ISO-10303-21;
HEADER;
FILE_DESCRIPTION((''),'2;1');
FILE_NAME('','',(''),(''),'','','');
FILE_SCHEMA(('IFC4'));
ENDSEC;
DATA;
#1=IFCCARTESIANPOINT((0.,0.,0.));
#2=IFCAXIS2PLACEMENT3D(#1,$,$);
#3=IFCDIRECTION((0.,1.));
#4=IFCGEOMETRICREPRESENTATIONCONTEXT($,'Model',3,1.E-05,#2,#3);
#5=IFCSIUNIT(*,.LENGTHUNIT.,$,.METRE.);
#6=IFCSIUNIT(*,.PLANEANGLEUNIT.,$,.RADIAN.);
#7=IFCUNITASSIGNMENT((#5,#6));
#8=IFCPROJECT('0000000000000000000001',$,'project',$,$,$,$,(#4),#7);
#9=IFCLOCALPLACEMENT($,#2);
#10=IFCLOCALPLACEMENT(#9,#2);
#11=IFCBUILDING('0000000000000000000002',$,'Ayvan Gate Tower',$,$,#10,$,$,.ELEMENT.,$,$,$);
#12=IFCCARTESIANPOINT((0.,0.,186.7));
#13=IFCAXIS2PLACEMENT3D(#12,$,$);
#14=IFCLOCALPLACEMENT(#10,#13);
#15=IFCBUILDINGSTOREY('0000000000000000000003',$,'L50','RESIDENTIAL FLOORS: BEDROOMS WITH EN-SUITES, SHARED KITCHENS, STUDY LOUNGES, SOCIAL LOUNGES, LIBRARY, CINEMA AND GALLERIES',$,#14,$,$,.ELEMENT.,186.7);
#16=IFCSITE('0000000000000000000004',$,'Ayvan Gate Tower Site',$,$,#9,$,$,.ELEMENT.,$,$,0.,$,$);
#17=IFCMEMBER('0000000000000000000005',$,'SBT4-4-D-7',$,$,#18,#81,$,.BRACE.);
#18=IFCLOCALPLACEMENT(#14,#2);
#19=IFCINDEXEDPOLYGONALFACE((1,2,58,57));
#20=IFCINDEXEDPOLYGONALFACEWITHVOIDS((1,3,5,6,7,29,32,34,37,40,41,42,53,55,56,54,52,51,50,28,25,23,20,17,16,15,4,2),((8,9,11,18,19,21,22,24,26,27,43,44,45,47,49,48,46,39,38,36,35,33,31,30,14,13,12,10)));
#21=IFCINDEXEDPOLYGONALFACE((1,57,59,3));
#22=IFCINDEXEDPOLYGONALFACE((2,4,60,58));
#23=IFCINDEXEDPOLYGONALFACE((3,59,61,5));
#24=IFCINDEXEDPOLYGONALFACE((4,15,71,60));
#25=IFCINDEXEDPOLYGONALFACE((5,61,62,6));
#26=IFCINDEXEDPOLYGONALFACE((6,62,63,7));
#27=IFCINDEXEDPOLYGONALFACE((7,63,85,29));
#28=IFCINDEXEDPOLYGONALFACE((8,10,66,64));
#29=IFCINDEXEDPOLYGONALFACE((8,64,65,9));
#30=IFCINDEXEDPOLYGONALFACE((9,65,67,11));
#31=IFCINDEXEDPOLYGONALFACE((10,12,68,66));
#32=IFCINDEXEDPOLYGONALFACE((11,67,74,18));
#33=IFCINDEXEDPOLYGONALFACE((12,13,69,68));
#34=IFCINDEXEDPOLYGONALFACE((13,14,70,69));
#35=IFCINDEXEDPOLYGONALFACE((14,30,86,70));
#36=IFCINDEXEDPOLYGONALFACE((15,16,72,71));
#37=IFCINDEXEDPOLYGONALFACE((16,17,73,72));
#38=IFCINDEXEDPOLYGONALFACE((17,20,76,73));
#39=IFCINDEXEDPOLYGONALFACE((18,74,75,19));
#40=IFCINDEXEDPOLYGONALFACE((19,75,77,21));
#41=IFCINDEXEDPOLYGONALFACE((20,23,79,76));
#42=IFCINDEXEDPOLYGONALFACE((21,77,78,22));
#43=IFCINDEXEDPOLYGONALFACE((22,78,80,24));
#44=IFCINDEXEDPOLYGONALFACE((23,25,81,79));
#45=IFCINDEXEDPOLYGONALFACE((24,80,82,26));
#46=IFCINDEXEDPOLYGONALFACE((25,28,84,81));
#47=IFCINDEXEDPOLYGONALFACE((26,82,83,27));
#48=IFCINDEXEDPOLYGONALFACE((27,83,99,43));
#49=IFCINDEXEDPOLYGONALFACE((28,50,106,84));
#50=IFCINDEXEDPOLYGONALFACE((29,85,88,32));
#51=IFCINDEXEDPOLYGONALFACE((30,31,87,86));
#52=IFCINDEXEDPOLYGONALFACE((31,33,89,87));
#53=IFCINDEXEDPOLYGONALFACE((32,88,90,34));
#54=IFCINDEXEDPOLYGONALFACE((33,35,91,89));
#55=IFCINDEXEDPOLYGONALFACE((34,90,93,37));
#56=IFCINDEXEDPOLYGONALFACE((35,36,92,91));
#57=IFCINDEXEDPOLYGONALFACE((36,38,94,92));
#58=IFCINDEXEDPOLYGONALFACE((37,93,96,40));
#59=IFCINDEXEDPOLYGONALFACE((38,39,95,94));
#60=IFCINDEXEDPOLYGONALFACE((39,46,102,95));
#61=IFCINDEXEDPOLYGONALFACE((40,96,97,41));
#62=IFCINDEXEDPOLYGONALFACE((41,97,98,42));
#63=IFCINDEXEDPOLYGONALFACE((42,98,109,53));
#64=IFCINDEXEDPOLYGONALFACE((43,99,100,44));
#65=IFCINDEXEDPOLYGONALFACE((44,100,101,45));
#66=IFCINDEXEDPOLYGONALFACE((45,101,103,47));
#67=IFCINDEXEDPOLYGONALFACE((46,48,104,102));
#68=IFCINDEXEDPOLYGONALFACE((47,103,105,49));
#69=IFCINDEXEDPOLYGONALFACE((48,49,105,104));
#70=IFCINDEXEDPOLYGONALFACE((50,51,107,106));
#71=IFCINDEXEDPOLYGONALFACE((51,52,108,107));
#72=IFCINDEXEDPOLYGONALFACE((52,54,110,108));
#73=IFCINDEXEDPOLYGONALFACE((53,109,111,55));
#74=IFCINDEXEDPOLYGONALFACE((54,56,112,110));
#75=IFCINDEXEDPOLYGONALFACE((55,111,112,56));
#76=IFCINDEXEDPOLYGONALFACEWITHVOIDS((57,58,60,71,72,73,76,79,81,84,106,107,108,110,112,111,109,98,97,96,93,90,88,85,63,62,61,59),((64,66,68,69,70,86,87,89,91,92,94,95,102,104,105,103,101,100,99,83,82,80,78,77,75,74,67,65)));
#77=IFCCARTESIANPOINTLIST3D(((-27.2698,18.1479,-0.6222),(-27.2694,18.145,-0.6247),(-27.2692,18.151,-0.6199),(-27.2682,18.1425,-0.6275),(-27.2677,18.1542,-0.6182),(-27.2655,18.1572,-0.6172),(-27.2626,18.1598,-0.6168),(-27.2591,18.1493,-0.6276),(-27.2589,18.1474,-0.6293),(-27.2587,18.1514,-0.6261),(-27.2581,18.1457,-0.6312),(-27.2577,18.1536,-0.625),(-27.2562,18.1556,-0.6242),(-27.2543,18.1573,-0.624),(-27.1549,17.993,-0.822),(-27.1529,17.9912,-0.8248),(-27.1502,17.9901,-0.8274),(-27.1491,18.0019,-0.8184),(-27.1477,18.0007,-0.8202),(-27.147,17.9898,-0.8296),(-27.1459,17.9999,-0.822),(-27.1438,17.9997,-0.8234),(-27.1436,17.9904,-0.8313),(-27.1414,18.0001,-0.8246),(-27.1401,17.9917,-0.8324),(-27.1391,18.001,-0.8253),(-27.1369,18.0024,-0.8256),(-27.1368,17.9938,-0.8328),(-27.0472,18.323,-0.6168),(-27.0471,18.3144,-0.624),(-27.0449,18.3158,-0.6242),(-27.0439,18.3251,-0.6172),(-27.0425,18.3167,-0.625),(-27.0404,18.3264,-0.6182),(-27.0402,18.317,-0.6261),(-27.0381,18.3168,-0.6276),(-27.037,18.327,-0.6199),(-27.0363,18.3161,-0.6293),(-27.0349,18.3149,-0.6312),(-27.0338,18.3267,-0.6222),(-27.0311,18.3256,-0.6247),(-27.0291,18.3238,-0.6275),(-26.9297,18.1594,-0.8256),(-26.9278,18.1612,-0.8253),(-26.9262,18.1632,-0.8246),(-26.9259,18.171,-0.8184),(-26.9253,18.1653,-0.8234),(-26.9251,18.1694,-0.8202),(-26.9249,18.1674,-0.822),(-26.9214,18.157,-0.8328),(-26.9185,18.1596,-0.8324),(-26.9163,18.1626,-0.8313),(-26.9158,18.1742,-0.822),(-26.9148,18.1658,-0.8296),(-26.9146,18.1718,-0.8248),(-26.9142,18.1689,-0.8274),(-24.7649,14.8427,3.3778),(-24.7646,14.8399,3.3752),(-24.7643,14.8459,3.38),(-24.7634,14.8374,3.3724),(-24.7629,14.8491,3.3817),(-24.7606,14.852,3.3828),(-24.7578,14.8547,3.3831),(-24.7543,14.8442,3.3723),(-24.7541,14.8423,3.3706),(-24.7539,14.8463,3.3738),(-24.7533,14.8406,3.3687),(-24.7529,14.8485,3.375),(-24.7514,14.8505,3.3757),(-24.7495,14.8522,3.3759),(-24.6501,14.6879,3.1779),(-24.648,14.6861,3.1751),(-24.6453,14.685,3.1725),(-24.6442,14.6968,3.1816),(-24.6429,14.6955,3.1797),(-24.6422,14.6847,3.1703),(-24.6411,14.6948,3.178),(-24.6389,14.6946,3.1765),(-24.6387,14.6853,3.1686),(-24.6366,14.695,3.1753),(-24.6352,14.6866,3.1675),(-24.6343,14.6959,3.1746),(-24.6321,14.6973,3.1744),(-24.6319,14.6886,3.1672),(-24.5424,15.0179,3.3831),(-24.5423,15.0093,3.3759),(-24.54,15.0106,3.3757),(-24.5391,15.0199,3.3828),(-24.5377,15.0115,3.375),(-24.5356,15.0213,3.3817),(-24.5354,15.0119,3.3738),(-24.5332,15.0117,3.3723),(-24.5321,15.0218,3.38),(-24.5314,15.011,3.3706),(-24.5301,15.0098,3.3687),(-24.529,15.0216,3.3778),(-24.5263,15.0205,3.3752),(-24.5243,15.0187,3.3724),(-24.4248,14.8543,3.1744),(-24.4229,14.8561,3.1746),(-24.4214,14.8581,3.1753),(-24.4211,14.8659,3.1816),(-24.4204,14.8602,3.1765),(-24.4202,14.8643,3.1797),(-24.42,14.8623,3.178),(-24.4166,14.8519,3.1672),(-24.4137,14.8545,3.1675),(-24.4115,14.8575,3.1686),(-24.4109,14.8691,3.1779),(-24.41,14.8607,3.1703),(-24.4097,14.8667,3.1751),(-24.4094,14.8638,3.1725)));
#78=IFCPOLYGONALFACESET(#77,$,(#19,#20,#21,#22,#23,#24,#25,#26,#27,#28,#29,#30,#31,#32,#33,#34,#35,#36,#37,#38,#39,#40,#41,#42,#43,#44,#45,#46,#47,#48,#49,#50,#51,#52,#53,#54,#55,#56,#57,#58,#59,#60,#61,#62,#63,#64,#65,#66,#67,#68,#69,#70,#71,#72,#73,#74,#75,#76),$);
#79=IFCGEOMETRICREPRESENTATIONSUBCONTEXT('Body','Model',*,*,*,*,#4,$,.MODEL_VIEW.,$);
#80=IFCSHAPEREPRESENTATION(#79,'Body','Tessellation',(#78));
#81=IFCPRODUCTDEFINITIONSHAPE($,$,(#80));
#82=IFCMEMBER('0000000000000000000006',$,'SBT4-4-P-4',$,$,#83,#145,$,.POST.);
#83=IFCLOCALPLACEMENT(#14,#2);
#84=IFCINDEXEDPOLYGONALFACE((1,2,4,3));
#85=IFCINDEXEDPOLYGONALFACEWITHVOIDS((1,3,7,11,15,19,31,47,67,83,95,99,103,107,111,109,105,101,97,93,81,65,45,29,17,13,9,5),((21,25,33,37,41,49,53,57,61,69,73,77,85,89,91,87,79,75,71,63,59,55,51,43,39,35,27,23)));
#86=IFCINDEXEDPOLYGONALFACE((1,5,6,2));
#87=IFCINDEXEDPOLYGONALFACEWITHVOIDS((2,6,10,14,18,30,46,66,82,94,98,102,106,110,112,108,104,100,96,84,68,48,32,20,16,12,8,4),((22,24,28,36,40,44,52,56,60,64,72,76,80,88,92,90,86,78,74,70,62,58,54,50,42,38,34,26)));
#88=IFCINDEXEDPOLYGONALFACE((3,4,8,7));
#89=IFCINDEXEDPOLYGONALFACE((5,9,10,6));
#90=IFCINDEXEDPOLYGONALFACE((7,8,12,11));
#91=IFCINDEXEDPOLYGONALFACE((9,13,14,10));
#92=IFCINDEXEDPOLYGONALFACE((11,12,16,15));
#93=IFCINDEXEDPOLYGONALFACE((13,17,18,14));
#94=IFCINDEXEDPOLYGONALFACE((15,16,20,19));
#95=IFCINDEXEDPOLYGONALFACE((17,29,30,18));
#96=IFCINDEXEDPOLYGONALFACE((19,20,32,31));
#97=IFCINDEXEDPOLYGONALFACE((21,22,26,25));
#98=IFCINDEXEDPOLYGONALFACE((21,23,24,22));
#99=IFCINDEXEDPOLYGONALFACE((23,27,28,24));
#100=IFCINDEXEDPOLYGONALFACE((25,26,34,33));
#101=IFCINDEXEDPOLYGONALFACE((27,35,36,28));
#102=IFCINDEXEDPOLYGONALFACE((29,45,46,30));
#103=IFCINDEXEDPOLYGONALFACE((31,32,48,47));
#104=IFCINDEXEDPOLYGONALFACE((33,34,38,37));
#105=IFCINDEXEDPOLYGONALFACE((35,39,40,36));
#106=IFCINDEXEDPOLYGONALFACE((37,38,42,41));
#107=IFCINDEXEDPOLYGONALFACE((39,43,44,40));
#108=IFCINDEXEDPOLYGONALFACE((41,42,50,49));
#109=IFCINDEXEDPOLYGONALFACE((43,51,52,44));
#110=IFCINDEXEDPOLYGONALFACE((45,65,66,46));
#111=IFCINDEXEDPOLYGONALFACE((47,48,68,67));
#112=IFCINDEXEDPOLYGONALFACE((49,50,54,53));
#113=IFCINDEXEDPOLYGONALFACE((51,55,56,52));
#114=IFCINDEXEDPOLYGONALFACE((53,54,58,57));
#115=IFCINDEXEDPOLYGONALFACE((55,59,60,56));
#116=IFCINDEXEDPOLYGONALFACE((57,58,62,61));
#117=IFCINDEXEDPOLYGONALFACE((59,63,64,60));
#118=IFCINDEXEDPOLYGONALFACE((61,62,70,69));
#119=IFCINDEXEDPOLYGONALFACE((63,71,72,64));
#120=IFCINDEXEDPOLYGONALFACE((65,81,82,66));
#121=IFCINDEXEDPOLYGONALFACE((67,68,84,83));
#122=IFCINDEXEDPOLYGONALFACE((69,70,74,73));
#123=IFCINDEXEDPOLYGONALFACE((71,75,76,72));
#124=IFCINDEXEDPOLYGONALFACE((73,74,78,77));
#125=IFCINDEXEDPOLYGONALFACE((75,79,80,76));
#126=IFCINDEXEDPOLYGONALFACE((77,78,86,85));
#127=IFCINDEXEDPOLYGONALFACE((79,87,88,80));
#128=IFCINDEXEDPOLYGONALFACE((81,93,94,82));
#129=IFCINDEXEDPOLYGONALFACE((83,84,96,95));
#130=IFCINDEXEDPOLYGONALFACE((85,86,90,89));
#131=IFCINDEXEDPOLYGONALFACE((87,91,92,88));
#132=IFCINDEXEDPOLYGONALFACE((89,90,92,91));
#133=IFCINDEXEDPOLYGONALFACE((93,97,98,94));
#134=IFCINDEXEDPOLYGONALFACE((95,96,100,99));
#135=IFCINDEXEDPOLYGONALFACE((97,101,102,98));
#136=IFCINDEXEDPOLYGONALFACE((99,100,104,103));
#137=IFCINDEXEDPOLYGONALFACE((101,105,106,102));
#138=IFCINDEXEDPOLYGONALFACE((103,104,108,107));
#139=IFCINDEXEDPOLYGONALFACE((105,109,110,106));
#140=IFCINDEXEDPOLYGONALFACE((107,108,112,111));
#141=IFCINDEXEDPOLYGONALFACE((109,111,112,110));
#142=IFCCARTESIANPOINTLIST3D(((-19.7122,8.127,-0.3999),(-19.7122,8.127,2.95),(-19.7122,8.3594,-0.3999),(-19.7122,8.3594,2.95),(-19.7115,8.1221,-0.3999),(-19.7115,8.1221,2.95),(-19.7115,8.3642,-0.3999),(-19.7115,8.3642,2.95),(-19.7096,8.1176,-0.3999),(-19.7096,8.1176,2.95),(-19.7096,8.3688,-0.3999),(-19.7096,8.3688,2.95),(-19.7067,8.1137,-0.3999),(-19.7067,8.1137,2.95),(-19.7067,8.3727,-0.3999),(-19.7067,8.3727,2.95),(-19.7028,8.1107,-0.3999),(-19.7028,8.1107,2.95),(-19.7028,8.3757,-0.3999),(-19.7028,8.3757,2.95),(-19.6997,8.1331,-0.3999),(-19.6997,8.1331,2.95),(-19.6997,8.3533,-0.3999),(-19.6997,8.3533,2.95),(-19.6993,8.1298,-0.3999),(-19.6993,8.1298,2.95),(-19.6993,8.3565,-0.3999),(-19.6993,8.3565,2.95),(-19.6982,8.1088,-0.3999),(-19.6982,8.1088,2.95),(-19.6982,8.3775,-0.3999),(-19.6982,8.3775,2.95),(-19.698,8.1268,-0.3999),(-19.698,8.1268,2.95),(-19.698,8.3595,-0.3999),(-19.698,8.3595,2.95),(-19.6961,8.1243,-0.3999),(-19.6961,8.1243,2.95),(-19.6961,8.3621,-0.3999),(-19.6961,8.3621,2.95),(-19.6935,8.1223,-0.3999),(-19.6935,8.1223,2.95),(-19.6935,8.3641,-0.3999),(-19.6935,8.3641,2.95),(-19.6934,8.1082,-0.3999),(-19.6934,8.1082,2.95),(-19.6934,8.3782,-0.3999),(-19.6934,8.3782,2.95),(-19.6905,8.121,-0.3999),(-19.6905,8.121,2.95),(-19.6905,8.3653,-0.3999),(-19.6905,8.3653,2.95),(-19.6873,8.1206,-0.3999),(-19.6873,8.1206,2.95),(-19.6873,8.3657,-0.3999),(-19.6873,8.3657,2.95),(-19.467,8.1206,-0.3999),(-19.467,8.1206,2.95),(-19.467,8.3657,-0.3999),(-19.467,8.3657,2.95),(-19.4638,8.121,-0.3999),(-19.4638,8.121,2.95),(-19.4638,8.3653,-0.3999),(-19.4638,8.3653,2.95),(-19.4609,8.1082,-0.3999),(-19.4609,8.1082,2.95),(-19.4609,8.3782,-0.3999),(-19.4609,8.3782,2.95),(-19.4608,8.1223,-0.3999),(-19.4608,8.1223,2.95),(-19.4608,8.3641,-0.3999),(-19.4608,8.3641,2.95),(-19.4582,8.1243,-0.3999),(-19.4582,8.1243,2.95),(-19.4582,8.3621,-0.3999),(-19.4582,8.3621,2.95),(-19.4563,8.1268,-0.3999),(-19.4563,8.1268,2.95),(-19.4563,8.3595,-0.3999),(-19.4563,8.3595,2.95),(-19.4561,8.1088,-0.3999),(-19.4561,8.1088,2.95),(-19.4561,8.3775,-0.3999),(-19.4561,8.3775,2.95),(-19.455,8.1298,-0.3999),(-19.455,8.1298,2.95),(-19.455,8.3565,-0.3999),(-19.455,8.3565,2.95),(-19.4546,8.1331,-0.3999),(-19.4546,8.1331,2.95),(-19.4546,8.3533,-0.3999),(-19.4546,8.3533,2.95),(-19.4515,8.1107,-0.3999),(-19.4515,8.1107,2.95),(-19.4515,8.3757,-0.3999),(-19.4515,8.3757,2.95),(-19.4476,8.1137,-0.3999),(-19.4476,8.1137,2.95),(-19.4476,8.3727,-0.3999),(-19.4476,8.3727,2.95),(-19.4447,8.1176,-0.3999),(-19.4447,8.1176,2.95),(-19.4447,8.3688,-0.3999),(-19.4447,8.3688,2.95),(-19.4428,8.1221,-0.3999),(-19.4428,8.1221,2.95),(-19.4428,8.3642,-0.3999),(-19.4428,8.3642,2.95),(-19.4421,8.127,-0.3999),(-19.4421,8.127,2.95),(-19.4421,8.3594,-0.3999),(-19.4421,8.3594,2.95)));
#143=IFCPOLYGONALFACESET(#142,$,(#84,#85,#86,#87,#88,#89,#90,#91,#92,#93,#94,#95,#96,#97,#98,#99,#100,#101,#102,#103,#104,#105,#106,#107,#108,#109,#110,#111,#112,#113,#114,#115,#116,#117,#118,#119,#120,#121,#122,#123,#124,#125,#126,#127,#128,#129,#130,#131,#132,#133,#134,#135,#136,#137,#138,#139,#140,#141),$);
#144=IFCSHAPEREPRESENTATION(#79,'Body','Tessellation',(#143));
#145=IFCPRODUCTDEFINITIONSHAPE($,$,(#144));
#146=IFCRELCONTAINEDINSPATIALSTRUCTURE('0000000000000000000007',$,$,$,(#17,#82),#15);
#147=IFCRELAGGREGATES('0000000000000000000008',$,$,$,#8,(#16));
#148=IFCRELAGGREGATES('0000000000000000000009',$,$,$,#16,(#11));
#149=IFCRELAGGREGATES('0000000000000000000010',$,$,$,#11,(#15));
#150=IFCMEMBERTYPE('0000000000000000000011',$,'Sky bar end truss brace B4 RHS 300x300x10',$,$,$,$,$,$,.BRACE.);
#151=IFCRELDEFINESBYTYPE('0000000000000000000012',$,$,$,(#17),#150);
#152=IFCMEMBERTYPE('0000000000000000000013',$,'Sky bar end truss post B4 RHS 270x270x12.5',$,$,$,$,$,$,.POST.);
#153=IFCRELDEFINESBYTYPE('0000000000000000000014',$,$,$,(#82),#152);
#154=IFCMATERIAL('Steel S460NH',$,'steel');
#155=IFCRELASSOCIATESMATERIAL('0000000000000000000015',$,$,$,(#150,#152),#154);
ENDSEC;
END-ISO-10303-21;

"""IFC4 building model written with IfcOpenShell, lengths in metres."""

from ifc_helpers import new_model, si_unit, direction, frame, origin, origin_2d, place, context, subcontext, project, spatial, hollow_rectangle, extrude, material, material_profile, profile_set, type_object, element, save


model = new_model("IFC4")

# Units and contexts
model_context = context("Model", 3, precision=1e-05, world=origin(), true_north=direction((0.0, 1.0)))
body_context = subcontext(model_context, "Body", "Model", "MODEL_VIEW")
ifc_project = project(units=[si_unit("LENGTHUNIT", "METRE"), si_unit("PLANEANGLEUNIT", "RADIAN")], contexts=[model_context])

# Site, building, storey
site_placement = place(None, origin())
site = spatial("IfcSite", under=ifc_project, at=site_placement, Name="Ayvan Gate Tower Site", CompositionType="ELEMENT", RefElevation=0.0)
building_placement = place(site_placement, origin())
building = spatial("IfcBuilding", under=site, at=building_placement, Name="Ayvan Gate Tower", CompositionType="ELEMENT")
storey_placement = place(building_placement, frame((0.0, 0.0, 186.7)))
storey = spatial("IfcBuildingStorey", under=building, at=storey_placement, Name="L50", Description="RESIDENTIAL FLOORS: BEDROOMS WITH EN-SUITES, SHARED KITCHENS, STUDY LOUNGES, SOCIAL LOUNGES, LIBRARY, CINEMA AND GALLERIES", CompositionType="ELEMENT", Elevation=186.7)

# Members
ifc_material_1 = material(Name="Steel S460NH", Category="steel")
ifc_material_profile_1 = material_profile(ifc_material_1, hollow_rectangle(XDim=0.3, YDim=0.3, WallThickness=0.01, InnerFilletRadius=0.01, OuterFilletRadius=0.0149, at=origin_2d()), Name="RHS 300x300x10")
ifc_profile_set_1 = profile_set([ifc_material_profile_1], Name="Steel S460NH")
member_type_1 = type_object("IfcMemberType", Name="Sky bar end truss brace B4 RHS 300x300x10", PredefinedType="BRACE", material=ifc_profile_set_1)
for number, where, z_axis, x_axis, name in (
    (1, (-24.5872, 14.8533, 3.2751), (-0.434738, 0.573634, -0.694225), (-0.796981, -0.604005, 0.0), "SBT4-4-D-7"),
):
    element("IfcMember", number, at=place(storey_placement, frame(where, z_axis=z_axis, x_axis=x_axis)), inside=storey, type_object=member_type_1, Name=name, PredefinedType="BRACE", context=body_context, shape_type="SweptSolid", body=[
        extrude(hollow_rectangle(XDim=0.3, YDim=0.3, WallThickness=0.01, InnerFilletRadius=0.01, OuterFilletRadius=0.0149, at=origin_2d()), origin(), (0.0, 0.0, 1.0), 5.7617),
    ])
ifc_material_profile_2 = material_profile(ifc_material_1, hollow_rectangle(XDim=0.27, YDim=0.27, WallThickness=0.0125, InnerFilletRadius=0.0125, OuterFilletRadius=0.0188, at=origin_2d()), Name="RHS 270x270x12.5")
ifc_profile_set_2 = profile_set([ifc_material_profile_2], Name="Steel S460NH")
member_type_2 = type_object("IfcMemberType", Name="Sky bar end truss post B4 RHS 270x270x12.5", PredefinedType="POST", material=ifc_profile_set_2)
for number, where, z_axis, x_axis, name in (
    (2, (-19.5771, 8.2432, -0.3999), (0.0, 0.0, 1.0), (1.0, 0.0, 0.0), "SBT4-4-P-4"),
):
    element("IfcMember", number, at=place(storey_placement, frame(where, z_axis=z_axis, x_axis=x_axis)), inside=storey, type_object=member_type_2, Name=name, PredefinedType="POST", context=body_context, shape_type="SweptSolid", body=[
        extrude(hollow_rectangle(XDim=0.27, YDim=0.27, WallThickness=0.0125, InnerFilletRadius=0.0125, OuterFilletRadius=0.0188, at=origin_2d()), origin(), (0.0, 0.0, 1.0), 3.3499),
    ])

save(model, "model.ifc")
